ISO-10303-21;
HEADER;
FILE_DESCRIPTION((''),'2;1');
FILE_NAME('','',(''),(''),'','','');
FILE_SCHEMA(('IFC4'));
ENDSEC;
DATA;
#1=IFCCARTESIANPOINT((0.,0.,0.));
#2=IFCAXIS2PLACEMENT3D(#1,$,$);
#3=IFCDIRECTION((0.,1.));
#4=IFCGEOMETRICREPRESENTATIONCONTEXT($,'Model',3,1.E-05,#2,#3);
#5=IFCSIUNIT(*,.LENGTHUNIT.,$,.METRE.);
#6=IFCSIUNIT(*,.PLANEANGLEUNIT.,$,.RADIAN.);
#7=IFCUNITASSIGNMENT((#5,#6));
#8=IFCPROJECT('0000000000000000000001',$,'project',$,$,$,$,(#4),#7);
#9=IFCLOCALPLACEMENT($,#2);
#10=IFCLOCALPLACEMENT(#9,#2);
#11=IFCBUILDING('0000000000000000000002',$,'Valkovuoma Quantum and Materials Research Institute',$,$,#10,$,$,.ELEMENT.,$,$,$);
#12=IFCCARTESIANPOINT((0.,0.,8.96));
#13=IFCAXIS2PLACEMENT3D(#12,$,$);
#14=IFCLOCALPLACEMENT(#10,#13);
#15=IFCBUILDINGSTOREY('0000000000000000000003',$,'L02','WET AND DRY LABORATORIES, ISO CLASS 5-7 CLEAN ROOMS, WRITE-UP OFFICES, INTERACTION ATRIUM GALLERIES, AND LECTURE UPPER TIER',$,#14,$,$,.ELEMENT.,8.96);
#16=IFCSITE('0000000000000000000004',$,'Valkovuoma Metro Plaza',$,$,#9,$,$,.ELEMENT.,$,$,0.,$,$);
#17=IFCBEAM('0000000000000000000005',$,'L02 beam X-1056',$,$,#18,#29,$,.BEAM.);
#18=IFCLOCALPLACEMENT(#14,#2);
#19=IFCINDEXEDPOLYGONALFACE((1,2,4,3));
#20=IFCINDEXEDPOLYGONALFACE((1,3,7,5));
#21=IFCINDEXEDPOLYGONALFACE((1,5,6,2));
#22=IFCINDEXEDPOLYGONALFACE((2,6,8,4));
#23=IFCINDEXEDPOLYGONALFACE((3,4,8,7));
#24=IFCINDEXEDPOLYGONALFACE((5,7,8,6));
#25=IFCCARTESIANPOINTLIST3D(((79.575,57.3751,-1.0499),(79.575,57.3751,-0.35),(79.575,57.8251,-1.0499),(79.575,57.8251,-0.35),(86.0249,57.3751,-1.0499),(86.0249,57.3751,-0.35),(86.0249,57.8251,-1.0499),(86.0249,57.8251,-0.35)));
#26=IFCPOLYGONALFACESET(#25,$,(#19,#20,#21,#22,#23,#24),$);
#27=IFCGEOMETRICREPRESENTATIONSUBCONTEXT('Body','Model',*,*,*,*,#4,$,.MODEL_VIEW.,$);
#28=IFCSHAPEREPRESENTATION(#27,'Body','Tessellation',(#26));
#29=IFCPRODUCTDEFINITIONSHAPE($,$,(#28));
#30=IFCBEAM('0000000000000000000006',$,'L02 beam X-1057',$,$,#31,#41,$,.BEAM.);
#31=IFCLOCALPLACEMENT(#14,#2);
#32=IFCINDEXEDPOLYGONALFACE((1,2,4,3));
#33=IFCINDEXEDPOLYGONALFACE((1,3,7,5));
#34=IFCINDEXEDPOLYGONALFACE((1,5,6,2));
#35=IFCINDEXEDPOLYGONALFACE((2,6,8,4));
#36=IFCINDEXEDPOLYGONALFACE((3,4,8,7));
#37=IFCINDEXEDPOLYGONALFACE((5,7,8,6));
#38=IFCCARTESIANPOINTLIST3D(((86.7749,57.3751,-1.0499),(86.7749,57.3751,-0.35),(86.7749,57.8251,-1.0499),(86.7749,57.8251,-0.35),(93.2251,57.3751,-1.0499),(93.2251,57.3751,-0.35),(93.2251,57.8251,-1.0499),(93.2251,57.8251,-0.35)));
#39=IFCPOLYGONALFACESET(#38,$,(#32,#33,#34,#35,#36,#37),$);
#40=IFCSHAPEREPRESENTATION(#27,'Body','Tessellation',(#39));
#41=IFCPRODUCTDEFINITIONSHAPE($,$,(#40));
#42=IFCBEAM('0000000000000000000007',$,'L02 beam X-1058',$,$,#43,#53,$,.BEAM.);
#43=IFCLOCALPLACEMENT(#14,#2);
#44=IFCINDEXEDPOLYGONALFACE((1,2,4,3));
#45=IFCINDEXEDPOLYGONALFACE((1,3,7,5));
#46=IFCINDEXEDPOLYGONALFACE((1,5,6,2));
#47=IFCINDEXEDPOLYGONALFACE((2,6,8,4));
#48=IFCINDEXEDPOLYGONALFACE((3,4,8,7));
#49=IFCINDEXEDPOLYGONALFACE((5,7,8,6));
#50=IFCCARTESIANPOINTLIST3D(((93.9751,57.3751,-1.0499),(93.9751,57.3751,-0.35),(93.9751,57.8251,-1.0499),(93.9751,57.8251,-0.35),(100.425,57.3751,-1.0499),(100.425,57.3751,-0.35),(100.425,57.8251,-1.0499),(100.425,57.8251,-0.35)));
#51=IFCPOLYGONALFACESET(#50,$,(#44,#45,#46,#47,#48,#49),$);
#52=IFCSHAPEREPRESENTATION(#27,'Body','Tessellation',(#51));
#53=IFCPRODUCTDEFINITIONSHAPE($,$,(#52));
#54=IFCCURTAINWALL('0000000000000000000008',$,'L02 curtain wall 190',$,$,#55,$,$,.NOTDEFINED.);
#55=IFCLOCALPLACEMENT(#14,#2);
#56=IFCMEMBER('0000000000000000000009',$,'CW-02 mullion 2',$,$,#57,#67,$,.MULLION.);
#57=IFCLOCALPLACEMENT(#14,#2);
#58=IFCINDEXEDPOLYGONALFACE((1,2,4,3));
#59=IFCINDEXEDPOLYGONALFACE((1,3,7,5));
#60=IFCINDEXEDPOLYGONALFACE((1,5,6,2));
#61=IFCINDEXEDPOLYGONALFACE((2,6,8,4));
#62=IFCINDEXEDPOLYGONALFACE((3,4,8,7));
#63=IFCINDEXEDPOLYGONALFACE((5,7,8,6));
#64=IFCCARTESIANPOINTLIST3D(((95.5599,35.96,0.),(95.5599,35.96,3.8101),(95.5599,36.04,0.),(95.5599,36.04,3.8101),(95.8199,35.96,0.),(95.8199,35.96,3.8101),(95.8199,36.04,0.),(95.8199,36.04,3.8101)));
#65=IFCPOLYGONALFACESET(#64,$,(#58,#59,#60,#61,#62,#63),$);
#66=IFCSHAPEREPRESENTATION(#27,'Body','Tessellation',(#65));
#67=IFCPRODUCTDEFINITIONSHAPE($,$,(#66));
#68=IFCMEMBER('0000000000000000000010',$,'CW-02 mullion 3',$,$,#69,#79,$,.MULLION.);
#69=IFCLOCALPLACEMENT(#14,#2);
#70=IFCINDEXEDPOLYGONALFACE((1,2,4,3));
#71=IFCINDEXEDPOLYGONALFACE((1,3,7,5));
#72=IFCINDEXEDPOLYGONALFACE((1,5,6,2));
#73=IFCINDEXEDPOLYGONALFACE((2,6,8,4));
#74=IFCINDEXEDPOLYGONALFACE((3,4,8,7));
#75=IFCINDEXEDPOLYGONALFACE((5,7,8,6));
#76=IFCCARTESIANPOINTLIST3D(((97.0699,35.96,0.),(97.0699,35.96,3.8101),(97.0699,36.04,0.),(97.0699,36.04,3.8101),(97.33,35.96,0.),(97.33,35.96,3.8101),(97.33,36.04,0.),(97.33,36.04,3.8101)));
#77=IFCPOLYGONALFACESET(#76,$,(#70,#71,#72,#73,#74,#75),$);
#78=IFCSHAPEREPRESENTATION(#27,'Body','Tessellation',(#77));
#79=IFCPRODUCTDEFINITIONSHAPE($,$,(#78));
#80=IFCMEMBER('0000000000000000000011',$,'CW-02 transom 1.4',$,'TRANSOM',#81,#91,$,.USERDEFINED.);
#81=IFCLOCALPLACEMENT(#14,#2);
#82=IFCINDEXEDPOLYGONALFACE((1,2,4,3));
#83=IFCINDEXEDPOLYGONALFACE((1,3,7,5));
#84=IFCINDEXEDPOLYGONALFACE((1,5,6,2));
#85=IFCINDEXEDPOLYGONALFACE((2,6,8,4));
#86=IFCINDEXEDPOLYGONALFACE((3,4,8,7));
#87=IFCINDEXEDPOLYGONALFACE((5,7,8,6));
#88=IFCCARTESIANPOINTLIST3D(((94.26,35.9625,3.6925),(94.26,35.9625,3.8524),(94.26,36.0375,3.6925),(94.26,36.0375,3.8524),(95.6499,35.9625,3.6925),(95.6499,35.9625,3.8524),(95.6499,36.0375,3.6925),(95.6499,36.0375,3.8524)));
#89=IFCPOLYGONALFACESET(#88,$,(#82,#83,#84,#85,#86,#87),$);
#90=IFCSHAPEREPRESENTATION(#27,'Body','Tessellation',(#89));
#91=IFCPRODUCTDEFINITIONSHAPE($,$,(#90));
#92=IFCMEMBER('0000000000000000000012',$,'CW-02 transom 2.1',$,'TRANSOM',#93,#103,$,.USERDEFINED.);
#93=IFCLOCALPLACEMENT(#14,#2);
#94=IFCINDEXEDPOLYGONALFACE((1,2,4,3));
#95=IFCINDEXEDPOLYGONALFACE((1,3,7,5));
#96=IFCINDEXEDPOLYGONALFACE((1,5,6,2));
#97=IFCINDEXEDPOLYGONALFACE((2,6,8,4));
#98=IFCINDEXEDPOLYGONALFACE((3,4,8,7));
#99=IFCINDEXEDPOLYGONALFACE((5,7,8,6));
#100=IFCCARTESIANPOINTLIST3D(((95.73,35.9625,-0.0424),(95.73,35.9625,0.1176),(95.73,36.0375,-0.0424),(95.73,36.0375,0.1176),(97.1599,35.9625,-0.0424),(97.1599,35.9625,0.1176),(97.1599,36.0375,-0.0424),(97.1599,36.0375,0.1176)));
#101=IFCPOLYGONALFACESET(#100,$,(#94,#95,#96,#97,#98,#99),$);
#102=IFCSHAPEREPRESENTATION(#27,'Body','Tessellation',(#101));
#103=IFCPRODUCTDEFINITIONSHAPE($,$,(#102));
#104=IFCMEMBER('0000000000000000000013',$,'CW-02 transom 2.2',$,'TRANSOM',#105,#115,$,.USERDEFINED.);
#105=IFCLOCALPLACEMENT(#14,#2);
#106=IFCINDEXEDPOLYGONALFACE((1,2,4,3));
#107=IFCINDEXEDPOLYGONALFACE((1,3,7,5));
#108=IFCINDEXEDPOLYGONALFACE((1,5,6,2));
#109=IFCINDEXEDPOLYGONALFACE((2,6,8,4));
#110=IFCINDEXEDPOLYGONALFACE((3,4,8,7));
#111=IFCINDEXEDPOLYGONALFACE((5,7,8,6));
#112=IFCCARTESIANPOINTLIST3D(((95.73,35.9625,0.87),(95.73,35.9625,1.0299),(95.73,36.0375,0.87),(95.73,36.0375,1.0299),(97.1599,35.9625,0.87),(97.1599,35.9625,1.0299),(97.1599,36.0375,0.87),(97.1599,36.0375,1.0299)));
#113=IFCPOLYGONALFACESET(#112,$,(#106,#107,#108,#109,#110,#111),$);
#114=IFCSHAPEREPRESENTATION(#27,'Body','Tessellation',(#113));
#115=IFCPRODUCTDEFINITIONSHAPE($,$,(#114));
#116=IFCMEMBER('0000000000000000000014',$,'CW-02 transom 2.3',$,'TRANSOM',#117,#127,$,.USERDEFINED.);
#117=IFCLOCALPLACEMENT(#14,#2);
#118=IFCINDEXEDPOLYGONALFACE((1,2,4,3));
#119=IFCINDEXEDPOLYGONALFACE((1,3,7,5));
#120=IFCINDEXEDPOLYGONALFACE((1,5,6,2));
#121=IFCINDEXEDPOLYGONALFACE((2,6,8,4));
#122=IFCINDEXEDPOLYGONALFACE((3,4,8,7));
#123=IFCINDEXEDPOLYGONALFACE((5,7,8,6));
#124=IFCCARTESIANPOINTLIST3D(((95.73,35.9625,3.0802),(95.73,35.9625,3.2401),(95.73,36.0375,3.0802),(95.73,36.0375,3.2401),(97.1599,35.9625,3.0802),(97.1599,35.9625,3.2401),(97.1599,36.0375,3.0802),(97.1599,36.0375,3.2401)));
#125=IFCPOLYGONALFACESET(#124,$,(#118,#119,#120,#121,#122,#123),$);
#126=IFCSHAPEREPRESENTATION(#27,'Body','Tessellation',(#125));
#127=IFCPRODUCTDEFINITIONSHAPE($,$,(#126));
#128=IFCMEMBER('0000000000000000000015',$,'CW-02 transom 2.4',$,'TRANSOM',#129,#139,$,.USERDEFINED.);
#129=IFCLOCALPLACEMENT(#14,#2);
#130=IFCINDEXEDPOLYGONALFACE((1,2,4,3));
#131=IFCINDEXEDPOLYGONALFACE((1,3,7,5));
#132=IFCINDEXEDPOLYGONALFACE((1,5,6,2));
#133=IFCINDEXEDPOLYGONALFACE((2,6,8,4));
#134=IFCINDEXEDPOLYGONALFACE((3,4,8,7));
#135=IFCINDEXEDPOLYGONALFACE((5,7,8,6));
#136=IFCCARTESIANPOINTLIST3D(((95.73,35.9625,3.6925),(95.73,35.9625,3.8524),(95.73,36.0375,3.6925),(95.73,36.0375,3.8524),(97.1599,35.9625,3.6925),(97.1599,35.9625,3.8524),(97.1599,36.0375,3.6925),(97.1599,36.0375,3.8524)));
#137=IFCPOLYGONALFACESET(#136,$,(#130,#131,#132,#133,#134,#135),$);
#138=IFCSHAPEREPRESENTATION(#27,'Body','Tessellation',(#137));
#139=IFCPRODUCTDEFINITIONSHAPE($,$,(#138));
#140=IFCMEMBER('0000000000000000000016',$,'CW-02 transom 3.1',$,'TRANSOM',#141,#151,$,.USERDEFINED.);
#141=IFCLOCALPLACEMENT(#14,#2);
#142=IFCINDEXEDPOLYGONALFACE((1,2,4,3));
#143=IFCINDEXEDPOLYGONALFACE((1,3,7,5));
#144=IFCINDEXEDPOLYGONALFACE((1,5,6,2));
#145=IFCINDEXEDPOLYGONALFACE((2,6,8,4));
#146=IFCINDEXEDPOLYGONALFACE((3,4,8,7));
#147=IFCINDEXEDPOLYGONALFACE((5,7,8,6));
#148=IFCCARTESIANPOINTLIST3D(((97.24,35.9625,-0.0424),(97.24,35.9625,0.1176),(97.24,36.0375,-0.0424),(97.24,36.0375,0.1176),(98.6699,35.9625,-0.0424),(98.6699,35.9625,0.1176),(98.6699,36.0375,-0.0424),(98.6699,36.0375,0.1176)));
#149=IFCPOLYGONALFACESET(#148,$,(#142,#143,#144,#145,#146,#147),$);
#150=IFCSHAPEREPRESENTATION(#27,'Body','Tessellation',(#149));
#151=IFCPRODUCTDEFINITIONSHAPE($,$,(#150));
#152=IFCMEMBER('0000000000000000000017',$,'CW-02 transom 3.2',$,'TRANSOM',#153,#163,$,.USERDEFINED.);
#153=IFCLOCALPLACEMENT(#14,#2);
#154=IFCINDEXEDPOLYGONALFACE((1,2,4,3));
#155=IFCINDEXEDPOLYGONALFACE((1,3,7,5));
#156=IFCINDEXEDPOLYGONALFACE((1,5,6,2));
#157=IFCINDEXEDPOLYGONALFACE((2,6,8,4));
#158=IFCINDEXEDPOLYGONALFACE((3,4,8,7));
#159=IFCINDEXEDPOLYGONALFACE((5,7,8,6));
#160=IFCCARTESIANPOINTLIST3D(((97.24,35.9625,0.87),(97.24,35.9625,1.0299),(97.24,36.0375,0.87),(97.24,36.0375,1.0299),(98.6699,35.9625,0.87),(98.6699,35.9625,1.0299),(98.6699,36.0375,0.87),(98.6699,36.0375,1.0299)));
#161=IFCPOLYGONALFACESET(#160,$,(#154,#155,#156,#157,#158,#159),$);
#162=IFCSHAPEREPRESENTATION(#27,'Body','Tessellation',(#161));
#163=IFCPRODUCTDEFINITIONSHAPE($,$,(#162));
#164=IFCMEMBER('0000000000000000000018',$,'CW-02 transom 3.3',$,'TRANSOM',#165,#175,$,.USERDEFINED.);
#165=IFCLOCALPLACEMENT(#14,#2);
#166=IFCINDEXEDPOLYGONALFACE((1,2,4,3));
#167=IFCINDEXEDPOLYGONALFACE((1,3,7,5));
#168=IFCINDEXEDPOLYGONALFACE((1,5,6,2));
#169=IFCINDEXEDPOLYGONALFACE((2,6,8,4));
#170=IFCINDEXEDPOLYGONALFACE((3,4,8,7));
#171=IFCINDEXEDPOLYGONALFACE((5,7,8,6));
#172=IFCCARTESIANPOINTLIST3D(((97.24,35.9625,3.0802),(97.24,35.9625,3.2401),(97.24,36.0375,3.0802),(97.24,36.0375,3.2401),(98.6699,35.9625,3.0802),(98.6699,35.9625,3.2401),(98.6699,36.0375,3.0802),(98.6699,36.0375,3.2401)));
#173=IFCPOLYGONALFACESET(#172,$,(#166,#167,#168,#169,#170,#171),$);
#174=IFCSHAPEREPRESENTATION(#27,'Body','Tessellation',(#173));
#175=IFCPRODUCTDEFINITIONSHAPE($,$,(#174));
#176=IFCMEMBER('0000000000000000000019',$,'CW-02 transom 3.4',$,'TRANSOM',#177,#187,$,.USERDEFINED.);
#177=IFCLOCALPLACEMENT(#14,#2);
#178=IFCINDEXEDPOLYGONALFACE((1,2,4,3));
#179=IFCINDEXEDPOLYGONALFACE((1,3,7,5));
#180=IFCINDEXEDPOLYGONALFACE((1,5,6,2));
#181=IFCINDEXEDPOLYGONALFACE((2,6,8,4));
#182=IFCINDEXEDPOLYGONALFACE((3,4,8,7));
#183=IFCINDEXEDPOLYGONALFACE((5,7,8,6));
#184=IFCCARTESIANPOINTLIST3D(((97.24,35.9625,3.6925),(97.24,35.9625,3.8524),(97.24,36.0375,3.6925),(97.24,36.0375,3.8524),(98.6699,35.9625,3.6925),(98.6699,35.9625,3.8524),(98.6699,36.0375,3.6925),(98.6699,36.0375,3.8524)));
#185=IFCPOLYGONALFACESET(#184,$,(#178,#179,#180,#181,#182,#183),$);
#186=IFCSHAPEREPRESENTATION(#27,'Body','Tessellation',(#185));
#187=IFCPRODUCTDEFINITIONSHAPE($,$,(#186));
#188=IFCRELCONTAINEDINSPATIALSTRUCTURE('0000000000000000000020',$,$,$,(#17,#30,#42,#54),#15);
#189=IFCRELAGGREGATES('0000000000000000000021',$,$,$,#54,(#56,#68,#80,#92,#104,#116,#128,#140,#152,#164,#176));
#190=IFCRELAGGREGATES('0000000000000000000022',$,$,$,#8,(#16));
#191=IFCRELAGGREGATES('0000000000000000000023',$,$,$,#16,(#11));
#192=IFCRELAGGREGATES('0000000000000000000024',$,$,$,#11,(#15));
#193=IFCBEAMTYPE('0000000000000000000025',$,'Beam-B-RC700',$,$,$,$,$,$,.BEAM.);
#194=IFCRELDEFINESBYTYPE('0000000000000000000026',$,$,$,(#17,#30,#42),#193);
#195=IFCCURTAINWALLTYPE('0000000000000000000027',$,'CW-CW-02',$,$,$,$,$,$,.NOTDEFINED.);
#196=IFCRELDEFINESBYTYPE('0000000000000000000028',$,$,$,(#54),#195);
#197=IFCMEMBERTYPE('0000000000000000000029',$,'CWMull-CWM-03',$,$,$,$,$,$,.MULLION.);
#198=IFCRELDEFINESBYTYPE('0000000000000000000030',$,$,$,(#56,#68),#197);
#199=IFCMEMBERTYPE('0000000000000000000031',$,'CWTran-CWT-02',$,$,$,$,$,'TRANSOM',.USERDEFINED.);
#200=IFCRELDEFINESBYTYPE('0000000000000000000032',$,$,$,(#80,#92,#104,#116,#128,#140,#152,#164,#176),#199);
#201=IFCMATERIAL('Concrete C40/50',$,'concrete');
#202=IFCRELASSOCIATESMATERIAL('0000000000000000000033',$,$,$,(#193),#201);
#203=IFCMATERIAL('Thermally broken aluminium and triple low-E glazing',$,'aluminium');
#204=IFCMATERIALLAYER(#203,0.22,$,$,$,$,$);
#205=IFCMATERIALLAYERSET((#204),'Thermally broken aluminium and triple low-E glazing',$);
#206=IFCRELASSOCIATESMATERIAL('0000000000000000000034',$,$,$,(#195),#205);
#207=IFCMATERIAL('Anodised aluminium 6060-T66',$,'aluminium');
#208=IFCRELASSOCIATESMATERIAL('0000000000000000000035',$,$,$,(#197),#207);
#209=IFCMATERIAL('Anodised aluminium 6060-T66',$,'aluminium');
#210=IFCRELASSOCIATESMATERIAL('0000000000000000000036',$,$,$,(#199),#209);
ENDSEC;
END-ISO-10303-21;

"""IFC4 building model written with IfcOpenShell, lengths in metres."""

from ifc_helpers import new_model, si_unit, direction, frame, origin, origin_2d, place, context, subcontext, project, spatial, rectangle, extrude, material, layer, layer_set, material_profile, profile_set, type_object, element, aggregate, save


model = new_model("IFC4")

# Units and contexts
model_context = context("Model", 3, precision=1e-05, world=origin(), true_north=direction((0.0, 1.0)))
body_context = subcontext(model_context, "Body", "Model", "MODEL_VIEW")
ifc_project = project(units=[si_unit("LENGTHUNIT", "METRE"), si_unit("PLANEANGLEUNIT", "RADIAN")], contexts=[model_context])

# Site, building, storey
site_placement = place(None, origin())
site = spatial("IfcSite", under=ifc_project, at=site_placement, Name="Valkovuoma Metro Plaza", CompositionType="ELEMENT", RefElevation=0.0)
building_placement = place(site_placement, origin())
building = spatial("IfcBuilding", under=site, at=building_placement, Name="Valkovuoma Quantum and Materials Research Institute", CompositionType="ELEMENT")
storey_placement = place(building_placement, frame((0.0, 0.0, 8.96)))
storey = spatial("IfcBuildingStorey", under=building, at=storey_placement, Name="L02", Description="WET AND DRY LABORATORIES, ISO CLASS 5-7 CLEAN ROOMS, WRITE-UP OFFICES, INTERACTION ATRIUM GALLERIES, AND LECTURE UPPER TIER", CompositionType="ELEMENT", Elevation=8.96)

# Beams
ifc_material_1 = material(Name="Concrete C40/50", Category="concrete")
ifc_material_profile_1 = material_profile(ifc_material_1, rectangle(XDim=0.45, YDim=0.7, at=origin_2d()), Name="Concrete C40/50")
ifc_profile_set_1 = profile_set([ifc_material_profile_1], Name="Concrete C40/50")
beam_type_1 = type_object("IfcBeamType", Name="Beam-B-RC700", PredefinedType="BEAM", material=ifc_profile_set_1)
beam_1_placement = place(storey_placement, frame((79.575, 57.6001, -0.7), z_axis=(1.0, 0.0, 0.0), x_axis=(0.0, 1.0, 0.0)))
element("IfcBeam", 1, at=beam_1_placement, inside=storey, type_object=beam_type_1, Name="L02 beam X-1056", PredefinedType="BEAM", context=body_context, shape_type="SweptSolid", body=[
    extrude(rectangle(XDim=0.45, YDim=0.7, at=origin_2d()), origin(), (0.0, 0.0, 1.0), 6.45),
])
beam_2_placement = place(storey_placement, frame((86.7749, 57.6001, -0.7), z_axis=(1.0, 0.0, 0.0), x_axis=(0.0, 1.0, 0.0)))
element("IfcBeam", 2, at=beam_2_placement, inside=storey, type_object=beam_type_1, Name="L02 beam X-1057", PredefinedType="BEAM", context=body_context, shape_type="SweptSolid", body=[
    extrude(rectangle(XDim=0.45, YDim=0.7, at=origin_2d()), origin(), (0.0, 0.0, 1.0), 6.4502),
])
beam_3_placement = place(storey_placement, frame((93.9751, 57.6001, -0.7), z_axis=(1.0, 0.0, 0.0), x_axis=(0.0, 1.0, 0.0)))
element("IfcBeam", 3, at=beam_3_placement, inside=storey, type_object=beam_type_1, Name="L02 beam X-1058", PredefinedType="BEAM", context=body_context, shape_type="SweptSolid", body=[
    extrude(rectangle(XDim=0.45, YDim=0.7, at=origin_2d()), origin(), (0.0, 0.0, 1.0), 6.45),
])

# Curtain wall, members
ifc_material_2 = material(Name="Thermally broken aluminium and triple low-E glazing", Category="aluminium")
ifc_layer_1 = layer(ifc_material_2, 0.22)
ifc_layer_set_1 = layer_set([ifc_layer_1], Name="Thermally broken aluminium and triple low-E glazing")
curtain_wall_type = type_object("IfcCurtainWallType", Name="CW-CW-02", PredefinedType="NOTDEFINED", material=ifc_layer_set_1)
curtain_wall_placement = place(storey_placement, origin())
curtain_wall = element("IfcCurtainWall", 4, at=curtain_wall_placement, inside=storey, type_object=curtain_wall_type, Name="L02 curtain wall 190", PredefinedType="NOTDEFINED")
ifc_material_3 = material(Name="Anodised aluminium 6060-T66", Category="aluminium")
ifc_material_profile_2 = material_profile(ifc_material_3, rectangle(XDim=0.0801, YDim=0.26, at=origin_2d()), Name="Anodised aluminium 6060-T66")
ifc_profile_set_2 = profile_set([ifc_material_profile_2], Name="Anodised aluminium 6060-T66")
member_type_1 = type_object("IfcMemberType", Name="CWMull-CWM-03", PredefinedType="MULLION", material=ifc_profile_set_2)
member_1_placement = place(storey_placement, frame((95.6899, 36.0, 0.0), z_axis=(0.0, 0.0, 1.0), x_axis=(0.0, 1.0, 0.0)))
member_1 = element("IfcMember", 5, at=member_1_placement, type_object=member_type_1, Name="CW-02 mullion 2", PredefinedType="MULLION", context=body_context, shape_type="SweptSolid", body=[
    extrude(rectangle(XDim=0.0801, YDim=0.26, at=origin_2d()), origin(), (0.0, 0.0, 1.0), 3.8101),
])
member_2_placement = place(storey_placement, frame((97.2, 36.0, 0.0), z_axis=(0.0, 0.0, 1.0), x_axis=(0.0, 1.0, 0.0)))
member_2 = element("IfcMember", 6, at=member_2_placement, type_object=member_type_1, Name="CW-02 mullion 3", PredefinedType="MULLION", context=body_context, shape_type="SweptSolid", body=[
    extrude(rectangle(XDim=0.0801, YDim=0.26, at=origin_2d()), origin(), (0.0, 0.0, 1.0), 3.8101),
])
ifc_material_4 = material(Name="Anodised aluminium 6060-T66", Category="aluminium")
ifc_material_profile_3 = material_profile(ifc_material_4, rectangle(XDim=0.075, YDim=0.1599, at=origin_2d()), Name="Anodised aluminium 6060-T66")
ifc_profile_set_3 = profile_set([ifc_material_profile_3], Name="Anodised aluminium 6060-T66")
member_type_2 = type_object("IfcMemberType", Name="CWTran-CWT-02", ElementType="TRANSOM", PredefinedType="USERDEFINED", material=ifc_profile_set_3)
member_3_placement = place(storey_placement, frame((94.26, 36.0, 3.7725), z_axis=(1.0, 0.0, 0.0), x_axis=(0.0, 1.0, 0.0)))
member_3 = element("IfcMember", 7, at=member_3_placement, type_object=member_type_2, Name="CW-02 transom 1.4", ObjectType="TRANSOM", PredefinedType="USERDEFINED", context=body_context, shape_type="SweptSolid", body=[
    extrude(rectangle(XDim=0.075, YDim=0.1599, at=origin_2d()), origin(), (0.0, 0.0, 1.0), 1.3899),
])
member_4_placement = place(storey_placement, frame((95.73, 36.0, 0.0376), z_axis=(1.0, 0.0, 0.0), x_axis=(0.0, 1.0, 0.0)))
member_4 = element("IfcMember", 8, at=member_4_placement, type_object=member_type_2, Name="CW-02 transom 2.1", ObjectType="TRANSOM", PredefinedType="USERDEFINED", context=body_context, shape_type="SweptSolid", body=[
    extrude(rectangle(XDim=0.075, YDim=0.1599, at=origin_2d()), origin(), (0.0, 0.0, 1.0), 1.4299),
])
member_5_placement = place(storey_placement, frame((95.73, 36.0, 0.95), z_axis=(1.0, 0.0, 0.0), x_axis=(0.0, 1.0, 0.0)))
member_5 = element("IfcMember", 9, at=member_5_placement, type_object=member_type_2, Name="CW-02 transom 2.2", ObjectType="TRANSOM", PredefinedType="USERDEFINED", context=body_context, shape_type="SweptSolid", body=[
    extrude(rectangle(XDim=0.075, YDim=0.1599, at=origin_2d()), origin(), (0.0, 0.0, 1.0), 1.4299),
])
member_6_placement = place(storey_placement, frame((95.73, 36.0, 3.1602), z_axis=(1.0, 0.0, 0.0), x_axis=(0.0, 1.0, 0.0)))
member_6 = element("IfcMember", 10, at=member_6_placement, type_object=member_type_2, Name="CW-02 transom 2.3", ObjectType="TRANSOM", PredefinedType="USERDEFINED", context=body_context, shape_type="SweptSolid", body=[
    extrude(rectangle(XDim=0.075, YDim=0.1599, at=origin_2d()), origin(), (0.0, 0.0, 1.0), 1.4299),
])
member_7_placement = place(storey_placement, frame((95.73, 36.0, 3.7725), z_axis=(1.0, 0.0, 0.0), x_axis=(0.0, 1.0, 0.0)))
member_7 = element("IfcMember", 11, at=member_7_placement, type_object=member_type_2, Name="CW-02 transom 2.4", ObjectType="TRANSOM", PredefinedType="USERDEFINED", context=body_context, shape_type="SweptSolid", body=[
    extrude(rectangle(XDim=0.075, YDim=0.1599, at=origin_2d()), origin(), (0.0, 0.0, 1.0), 1.4299),
])
member_8_placement = place(storey_placement, frame((97.24, 36.0, 0.0376), z_axis=(1.0, 0.0, 0.0), x_axis=(0.0, 1.0, 0.0)))
member_8 = element("IfcMember", 12, at=member_8_placement, type_object=member_type_2, Name="CW-02 transom 3.1", ObjectType="TRANSOM", PredefinedType="USERDEFINED", context=body_context, shape_type="SweptSolid", body=[
    extrude(rectangle(XDim=0.075, YDim=0.1599, at=origin_2d()), origin(), (0.0, 0.0, 1.0), 1.4299),
])
member_9_placement = place(storey_placement, frame((97.24, 36.0, 0.95), z_axis=(1.0, 0.0, 0.0), x_axis=(0.0, 1.0, 0.0)))
member_9 = element("IfcMember", 13, at=member_9_placement, type_object=member_type_2, Name="CW-02 transom 3.2", ObjectType="TRANSOM", PredefinedType="USERDEFINED", context=body_context, shape_type="SweptSolid", body=[
    extrude(rectangle(XDim=0.075, YDim=0.1599, at=origin_2d()), origin(), (0.0, 0.0, 1.0), 1.4299),
])
member_10_placement = place(storey_placement, frame((97.24, 36.0, 3.1602), z_axis=(1.0, 0.0, 0.0), x_axis=(0.0, 1.0, 0.0)))
member_10 = element("IfcMember", 14, at=member_10_placement, type_object=member_type_2, Name="CW-02 transom 3.3", ObjectType="TRANSOM", PredefinedType="USERDEFINED", context=body_context, shape_type="SweptSolid", body=[
    extrude(rectangle(XDim=0.075, YDim=0.1599, at=origin_2d()), origin(), (0.0, 0.0, 1.0), 1.4299),
])
member_11_placement = place(storey_placement, frame((97.24, 36.0, 3.7725), z_axis=(1.0, 0.0, 0.0), x_axis=(0.0, 1.0, 0.0)))
member_11 = element("IfcMember", 15, at=member_11_placement, type_object=member_type_2, Name="CW-02 transom 3.4", ObjectType="TRANSOM", PredefinedType="USERDEFINED", context=body_context, shape_type="SweptSolid", body=[
    extrude(rectangle(XDim=0.075, YDim=0.1599, at=origin_2d()), origin(), (0.0, 0.0, 1.0), 1.4299),
])
aggregate(curtain_wall, [member_1, member_2, member_3, member_4, member_5, member_6, member_7, member_8, member_9, member_10, member_11])

save(model, "model.ifc")
